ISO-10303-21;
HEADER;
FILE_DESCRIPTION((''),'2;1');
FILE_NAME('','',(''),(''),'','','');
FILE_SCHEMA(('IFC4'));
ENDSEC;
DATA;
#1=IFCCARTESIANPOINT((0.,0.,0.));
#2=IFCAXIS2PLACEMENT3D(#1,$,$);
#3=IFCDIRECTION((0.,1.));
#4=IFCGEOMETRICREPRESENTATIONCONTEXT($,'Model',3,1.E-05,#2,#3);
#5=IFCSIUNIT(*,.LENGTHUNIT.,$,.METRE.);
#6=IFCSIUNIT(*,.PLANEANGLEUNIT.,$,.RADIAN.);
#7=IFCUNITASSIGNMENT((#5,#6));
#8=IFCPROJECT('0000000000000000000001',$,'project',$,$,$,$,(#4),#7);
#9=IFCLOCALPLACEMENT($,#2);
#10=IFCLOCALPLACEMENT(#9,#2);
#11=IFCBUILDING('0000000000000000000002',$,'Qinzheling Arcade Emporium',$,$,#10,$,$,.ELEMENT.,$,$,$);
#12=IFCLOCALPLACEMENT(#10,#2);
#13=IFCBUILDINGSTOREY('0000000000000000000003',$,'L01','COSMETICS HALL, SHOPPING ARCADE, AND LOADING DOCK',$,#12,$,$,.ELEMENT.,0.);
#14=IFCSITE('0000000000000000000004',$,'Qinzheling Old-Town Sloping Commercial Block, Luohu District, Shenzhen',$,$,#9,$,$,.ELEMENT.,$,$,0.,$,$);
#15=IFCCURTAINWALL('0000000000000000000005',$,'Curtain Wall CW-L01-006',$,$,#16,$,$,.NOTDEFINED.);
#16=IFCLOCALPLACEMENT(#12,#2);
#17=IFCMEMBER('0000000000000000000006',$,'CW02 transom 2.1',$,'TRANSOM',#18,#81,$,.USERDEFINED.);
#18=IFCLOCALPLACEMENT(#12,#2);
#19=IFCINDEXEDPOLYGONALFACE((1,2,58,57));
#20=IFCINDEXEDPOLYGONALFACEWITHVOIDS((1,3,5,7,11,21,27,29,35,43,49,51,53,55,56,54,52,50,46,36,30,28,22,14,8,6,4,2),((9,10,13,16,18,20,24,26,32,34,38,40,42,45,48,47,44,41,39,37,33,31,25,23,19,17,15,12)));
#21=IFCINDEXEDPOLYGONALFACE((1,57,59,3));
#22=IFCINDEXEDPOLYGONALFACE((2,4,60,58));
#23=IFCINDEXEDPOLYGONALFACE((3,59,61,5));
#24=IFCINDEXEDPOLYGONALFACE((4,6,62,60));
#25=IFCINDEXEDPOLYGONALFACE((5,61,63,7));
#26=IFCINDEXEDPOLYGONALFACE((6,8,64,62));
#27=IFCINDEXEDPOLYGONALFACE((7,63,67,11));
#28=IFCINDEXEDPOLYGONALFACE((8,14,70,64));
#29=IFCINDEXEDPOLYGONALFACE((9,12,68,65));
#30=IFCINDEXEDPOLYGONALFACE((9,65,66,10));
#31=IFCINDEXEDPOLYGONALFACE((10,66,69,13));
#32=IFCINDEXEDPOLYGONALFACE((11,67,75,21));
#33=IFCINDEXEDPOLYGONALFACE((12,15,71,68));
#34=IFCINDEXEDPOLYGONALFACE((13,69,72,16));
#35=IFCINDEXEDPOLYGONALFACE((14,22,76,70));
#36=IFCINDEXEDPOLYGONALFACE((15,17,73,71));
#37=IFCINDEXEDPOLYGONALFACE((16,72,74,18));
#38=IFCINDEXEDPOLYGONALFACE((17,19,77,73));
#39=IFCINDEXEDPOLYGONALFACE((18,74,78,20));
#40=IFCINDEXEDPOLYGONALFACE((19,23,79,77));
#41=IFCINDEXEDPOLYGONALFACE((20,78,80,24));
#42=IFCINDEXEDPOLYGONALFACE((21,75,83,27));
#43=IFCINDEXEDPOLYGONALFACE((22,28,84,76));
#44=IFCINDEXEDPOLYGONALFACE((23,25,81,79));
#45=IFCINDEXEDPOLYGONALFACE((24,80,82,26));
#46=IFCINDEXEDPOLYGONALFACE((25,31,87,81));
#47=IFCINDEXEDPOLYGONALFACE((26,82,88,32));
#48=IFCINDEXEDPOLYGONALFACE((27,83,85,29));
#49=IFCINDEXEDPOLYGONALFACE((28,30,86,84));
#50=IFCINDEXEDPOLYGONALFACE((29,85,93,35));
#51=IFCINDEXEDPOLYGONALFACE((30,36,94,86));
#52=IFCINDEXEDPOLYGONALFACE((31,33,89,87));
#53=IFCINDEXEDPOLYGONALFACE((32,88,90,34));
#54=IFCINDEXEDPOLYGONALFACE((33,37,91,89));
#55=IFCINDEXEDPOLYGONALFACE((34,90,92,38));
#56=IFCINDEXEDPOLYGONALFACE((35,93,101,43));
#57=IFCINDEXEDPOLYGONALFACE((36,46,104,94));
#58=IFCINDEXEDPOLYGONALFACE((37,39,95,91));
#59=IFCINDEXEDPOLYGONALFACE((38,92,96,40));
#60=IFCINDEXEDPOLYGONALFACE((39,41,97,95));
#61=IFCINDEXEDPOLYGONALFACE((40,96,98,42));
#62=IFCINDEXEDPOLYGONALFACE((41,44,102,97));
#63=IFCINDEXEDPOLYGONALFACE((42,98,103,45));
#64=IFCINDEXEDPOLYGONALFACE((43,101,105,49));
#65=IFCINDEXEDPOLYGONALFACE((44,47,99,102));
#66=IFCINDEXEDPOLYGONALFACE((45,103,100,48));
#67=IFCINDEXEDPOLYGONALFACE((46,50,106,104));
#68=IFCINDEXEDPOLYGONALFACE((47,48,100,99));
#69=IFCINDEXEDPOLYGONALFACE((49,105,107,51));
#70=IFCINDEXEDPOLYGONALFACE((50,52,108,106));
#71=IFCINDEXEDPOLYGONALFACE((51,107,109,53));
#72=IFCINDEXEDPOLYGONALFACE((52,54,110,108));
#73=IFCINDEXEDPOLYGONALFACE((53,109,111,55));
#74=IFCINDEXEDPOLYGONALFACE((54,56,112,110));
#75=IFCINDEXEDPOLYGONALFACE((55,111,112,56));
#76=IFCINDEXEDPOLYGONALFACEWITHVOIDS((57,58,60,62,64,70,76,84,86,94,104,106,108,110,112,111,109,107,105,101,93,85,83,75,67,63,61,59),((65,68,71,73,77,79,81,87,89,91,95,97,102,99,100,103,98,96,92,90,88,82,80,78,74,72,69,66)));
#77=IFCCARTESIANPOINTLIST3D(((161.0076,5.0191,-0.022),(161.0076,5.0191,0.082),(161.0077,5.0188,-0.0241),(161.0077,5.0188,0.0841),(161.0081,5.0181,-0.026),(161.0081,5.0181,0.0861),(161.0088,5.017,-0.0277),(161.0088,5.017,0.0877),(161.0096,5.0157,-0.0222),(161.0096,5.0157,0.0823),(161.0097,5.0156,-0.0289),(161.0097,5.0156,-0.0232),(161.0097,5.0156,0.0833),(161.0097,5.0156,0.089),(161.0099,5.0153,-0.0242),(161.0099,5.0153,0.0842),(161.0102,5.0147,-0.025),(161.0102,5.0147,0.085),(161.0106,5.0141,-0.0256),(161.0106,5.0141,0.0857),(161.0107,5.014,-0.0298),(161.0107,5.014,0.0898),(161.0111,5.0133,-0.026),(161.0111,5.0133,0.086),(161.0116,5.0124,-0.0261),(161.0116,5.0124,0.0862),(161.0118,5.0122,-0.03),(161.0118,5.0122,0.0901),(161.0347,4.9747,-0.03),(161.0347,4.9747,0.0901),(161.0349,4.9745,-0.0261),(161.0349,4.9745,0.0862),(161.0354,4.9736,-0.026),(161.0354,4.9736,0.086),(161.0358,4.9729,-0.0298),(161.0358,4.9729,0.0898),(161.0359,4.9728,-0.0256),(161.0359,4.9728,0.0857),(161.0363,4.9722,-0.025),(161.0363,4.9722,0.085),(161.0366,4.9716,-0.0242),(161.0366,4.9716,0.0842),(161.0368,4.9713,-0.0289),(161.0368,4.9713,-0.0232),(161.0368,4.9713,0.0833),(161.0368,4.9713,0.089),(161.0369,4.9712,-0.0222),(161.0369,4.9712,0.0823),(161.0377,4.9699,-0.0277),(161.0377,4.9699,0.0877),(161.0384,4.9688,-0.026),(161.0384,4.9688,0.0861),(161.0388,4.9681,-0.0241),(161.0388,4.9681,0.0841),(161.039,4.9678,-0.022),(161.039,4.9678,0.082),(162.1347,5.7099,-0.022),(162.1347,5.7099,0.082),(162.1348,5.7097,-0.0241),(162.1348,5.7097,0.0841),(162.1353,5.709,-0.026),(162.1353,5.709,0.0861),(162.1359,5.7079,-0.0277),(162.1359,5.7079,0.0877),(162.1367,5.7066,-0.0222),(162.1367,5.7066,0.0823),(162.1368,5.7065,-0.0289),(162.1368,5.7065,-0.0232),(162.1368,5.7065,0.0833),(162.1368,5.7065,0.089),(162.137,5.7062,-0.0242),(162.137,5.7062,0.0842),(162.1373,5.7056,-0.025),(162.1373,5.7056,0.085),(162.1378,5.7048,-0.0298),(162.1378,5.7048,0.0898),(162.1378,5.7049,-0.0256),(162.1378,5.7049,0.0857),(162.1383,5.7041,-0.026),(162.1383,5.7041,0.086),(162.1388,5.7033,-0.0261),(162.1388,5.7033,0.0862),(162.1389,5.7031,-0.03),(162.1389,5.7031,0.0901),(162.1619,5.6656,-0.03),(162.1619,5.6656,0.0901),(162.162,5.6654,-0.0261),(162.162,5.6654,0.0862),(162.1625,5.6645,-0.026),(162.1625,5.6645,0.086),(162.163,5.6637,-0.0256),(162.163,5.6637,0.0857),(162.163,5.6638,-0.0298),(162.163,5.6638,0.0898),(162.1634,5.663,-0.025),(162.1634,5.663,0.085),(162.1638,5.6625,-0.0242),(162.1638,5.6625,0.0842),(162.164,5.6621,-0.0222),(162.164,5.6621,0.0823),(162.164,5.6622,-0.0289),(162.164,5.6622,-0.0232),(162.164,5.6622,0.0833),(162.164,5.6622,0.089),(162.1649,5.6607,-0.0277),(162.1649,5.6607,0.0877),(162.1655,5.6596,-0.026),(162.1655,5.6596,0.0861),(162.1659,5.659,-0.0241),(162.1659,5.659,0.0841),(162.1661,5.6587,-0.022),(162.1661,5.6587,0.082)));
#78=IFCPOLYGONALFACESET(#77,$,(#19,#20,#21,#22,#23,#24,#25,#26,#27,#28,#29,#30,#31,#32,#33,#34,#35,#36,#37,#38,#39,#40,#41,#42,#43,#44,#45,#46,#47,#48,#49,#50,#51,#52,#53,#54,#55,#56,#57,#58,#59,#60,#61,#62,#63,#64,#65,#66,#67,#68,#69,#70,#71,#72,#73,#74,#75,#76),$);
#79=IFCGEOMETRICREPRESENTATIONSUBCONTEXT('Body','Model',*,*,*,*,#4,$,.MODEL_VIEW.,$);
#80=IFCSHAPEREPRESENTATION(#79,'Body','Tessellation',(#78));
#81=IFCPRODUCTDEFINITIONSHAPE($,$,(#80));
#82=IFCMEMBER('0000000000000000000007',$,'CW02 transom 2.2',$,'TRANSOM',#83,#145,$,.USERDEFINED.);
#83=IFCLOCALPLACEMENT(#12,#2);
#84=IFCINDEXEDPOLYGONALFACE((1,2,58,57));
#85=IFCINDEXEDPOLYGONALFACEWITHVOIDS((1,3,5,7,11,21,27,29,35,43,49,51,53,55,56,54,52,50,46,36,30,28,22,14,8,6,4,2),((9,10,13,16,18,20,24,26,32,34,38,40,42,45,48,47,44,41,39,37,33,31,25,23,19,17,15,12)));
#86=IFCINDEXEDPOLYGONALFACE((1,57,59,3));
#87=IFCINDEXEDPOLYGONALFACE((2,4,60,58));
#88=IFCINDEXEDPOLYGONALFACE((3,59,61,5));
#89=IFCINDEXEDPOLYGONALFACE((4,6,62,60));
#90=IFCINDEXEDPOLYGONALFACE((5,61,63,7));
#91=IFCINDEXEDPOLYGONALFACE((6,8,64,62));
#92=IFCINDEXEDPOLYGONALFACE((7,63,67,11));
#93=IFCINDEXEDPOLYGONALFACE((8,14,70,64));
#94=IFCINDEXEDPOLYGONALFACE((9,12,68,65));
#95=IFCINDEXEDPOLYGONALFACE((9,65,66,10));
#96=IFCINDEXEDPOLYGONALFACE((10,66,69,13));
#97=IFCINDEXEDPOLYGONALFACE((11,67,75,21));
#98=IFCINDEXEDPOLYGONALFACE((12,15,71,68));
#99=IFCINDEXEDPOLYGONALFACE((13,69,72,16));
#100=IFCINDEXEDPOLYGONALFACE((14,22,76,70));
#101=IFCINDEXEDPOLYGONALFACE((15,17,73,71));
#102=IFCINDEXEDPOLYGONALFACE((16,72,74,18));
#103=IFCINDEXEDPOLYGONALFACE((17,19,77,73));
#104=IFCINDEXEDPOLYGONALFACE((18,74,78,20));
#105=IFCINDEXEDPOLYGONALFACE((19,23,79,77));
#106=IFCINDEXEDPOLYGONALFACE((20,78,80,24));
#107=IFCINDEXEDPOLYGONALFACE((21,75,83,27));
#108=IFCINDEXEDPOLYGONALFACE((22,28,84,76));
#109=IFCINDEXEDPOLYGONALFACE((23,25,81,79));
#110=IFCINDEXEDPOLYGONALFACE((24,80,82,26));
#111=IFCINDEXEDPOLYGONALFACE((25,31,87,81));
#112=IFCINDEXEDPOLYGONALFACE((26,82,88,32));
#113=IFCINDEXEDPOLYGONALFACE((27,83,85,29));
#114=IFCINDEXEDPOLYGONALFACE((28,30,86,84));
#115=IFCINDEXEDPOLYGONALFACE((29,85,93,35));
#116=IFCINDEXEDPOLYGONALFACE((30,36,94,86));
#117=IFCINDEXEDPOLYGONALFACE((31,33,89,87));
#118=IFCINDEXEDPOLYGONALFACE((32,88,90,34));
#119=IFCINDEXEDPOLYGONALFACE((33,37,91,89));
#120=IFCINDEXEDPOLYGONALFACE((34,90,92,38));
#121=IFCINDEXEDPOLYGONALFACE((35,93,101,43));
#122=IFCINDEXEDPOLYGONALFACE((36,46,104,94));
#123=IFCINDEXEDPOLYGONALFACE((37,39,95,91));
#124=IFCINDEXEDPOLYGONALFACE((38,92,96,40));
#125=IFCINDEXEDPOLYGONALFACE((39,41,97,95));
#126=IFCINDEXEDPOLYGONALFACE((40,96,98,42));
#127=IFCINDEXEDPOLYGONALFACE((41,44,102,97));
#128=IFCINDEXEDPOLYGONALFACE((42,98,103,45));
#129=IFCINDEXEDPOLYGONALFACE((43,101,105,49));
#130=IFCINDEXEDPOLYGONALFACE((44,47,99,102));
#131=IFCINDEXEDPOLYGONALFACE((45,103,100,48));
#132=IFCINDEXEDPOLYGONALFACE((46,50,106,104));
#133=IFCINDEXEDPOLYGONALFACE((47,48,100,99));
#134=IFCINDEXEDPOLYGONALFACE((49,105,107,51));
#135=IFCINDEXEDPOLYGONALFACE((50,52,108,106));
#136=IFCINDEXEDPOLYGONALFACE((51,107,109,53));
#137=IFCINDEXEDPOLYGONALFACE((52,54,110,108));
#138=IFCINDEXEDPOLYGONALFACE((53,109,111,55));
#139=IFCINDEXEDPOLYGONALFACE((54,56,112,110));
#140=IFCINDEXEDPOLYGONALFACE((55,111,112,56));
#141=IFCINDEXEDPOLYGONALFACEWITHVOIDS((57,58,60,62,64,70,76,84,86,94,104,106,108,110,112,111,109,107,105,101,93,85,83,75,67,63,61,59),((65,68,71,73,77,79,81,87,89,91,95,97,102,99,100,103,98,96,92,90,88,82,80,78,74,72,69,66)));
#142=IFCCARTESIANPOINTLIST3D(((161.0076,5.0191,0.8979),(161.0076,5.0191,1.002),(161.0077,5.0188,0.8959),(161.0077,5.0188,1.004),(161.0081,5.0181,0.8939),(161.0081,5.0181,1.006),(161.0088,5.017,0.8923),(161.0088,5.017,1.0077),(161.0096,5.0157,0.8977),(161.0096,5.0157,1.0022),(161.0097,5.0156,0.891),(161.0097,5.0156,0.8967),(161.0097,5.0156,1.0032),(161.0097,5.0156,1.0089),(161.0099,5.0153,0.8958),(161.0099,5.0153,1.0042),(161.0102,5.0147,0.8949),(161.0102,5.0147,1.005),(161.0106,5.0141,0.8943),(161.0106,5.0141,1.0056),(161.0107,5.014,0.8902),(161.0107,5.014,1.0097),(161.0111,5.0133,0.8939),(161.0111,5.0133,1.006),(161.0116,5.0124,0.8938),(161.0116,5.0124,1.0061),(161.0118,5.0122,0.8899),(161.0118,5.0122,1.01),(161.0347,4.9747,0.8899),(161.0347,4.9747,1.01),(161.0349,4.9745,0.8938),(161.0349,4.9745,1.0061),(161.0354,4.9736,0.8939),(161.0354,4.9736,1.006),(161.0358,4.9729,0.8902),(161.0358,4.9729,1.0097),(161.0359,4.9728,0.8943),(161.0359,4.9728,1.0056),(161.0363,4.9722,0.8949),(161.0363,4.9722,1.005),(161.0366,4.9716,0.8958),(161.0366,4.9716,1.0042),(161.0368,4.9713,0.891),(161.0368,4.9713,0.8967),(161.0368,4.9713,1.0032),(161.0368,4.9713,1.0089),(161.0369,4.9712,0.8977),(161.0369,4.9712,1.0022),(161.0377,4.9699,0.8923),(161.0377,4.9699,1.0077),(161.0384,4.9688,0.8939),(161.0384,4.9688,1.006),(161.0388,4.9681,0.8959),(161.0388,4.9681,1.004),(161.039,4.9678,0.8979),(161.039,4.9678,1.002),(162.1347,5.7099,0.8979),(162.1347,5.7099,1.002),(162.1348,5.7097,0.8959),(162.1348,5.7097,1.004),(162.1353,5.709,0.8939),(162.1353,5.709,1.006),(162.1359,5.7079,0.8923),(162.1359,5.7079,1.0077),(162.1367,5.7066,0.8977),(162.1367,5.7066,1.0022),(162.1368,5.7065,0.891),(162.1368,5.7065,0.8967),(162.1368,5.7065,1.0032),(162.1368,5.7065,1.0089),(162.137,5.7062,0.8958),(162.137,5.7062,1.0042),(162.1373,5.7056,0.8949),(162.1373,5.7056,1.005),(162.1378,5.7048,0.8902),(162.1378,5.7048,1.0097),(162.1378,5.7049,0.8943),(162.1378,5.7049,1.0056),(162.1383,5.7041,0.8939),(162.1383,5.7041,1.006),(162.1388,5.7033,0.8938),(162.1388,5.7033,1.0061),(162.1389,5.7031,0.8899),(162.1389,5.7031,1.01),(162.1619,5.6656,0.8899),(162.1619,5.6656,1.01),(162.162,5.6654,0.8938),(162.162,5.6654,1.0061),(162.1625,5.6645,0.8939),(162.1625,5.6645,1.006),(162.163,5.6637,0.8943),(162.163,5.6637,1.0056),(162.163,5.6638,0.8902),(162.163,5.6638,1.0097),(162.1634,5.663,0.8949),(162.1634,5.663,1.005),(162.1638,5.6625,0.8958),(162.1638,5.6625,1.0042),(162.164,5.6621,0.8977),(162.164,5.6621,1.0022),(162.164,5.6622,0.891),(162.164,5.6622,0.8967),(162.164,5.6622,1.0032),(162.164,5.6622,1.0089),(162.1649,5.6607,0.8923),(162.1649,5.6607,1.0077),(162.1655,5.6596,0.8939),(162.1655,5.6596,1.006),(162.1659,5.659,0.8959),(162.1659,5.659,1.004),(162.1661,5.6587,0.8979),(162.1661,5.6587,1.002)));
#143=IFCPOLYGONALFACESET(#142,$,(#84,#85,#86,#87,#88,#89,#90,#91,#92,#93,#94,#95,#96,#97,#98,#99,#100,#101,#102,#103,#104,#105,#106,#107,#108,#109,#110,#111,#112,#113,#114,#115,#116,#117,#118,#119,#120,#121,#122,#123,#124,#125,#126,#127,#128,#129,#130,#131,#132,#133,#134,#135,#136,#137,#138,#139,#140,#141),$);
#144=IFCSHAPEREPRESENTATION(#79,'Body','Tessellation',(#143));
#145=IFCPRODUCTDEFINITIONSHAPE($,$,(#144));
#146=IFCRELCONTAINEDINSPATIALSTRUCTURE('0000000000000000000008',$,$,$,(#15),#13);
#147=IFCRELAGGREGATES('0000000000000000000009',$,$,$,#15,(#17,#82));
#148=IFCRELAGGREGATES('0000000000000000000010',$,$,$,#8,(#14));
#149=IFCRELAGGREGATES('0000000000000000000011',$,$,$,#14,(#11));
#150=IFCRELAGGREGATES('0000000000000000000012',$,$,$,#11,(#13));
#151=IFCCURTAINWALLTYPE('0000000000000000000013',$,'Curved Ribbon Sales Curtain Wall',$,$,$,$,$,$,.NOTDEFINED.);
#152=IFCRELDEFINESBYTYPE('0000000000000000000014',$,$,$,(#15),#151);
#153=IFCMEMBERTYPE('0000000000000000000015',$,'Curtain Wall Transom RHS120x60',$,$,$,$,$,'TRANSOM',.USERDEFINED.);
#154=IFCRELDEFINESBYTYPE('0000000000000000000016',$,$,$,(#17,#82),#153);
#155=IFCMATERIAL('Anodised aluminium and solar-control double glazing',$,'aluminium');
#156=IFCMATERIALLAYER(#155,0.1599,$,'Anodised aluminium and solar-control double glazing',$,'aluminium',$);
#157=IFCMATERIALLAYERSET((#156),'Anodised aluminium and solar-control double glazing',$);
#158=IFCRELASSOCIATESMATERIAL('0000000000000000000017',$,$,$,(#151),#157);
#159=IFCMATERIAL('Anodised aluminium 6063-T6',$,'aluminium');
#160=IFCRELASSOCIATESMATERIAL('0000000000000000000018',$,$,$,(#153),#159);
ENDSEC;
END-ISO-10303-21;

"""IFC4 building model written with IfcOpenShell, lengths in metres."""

from ifc_helpers import new_model, si_unit, direction, frame, origin, origin_2d, place, context, subcontext, project, spatial, hollow_rectangle, extrude, material, layer, layer_set, material_profile, profile_set, type_object, element, aggregate, save


model = new_model("IFC4")

# Units and contexts
model_context = context("Model", 3, precision=1e-05, world=origin(), true_north=direction((0.0, 1.0)))
body_context = subcontext(model_context, "Body", "Model", "MODEL_VIEW")
ifc_project = project(units=[si_unit("LENGTHUNIT", "METRE"), si_unit("PLANEANGLEUNIT", "RADIAN")], contexts=[model_context])

# Site, building, storey
site_placement = place(None, origin())
site = spatial("IfcSite", under=ifc_project, at=site_placement, Name="Qinzheling Old-Town Sloping Commercial Block, Luohu District, Shenzhen", CompositionType="ELEMENT", RefElevation=0.0)
building_placement = place(site_placement, origin())
building = spatial("IfcBuilding", under=site, at=building_placement, Name="Qinzheling Arcade Emporium", CompositionType="ELEMENT")
storey_placement = place(building_placement, origin())
storey = spatial("IfcBuildingStorey", under=building, at=storey_placement, Name="L01", Description="COSMETICS HALL, SHOPPING ARCADE, AND LOADING DOCK", CompositionType="ELEMENT", Elevation=0.0)

# Shared definitions
ifc_material_1 = material(Name="Anodised aluminium and solar-control double glazing", Category="aluminium")
ifc_layer_1 = layer(ifc_material_1, 0.1599, Name="Anodised aluminium and solar-control double glazing", Category="aluminium")
ifc_layer_set_1 = layer_set([ifc_layer_1], Name="Anodised aluminium and solar-control double glazing")
curtain_wall_type = type_object("IfcCurtainWallType", Name="Curved Ribbon Sales Curtain Wall", PredefinedType="NOTDEFINED", material=ifc_layer_set_1)
ifc_material_2 = material(Name="Anodised aluminium 6063-T6", Category="aluminium")

# Curtain wall
curtain_wall_1_placement = place(storey_placement, origin())
curtain_wall_1 = element("IfcCurtainWall", 1, at=curtain_wall_1_placement, inside=storey, type_object=curtain_wall_type, Name="Curtain Wall CW-L01-006", PredefinedType="NOTDEFINED")

# Members
ifc_material_profile_1 = material_profile(ifc_material_2, hollow_rectangle(XDim=0.0601, YDim=0.1201, WallThickness=0.0039, InnerFilletRadius=0.0039, OuterFilletRadius=0.0081, at=origin_2d()), Name="RHS 120x60x4", Category="aluminium")
ifc_profile_set_1 = profile_set([ifc_material_profile_1], Name="Anodised aluminium 6063-T6")
member_type_1 = type_object("IfcMemberType", Name="Curtain Wall Transom RHS120x60", ElementType="TRANSOM", PredefinedType="USERDEFINED", material=ifc_profile_set_1)
member_1_placement = place(storey_placement, frame((162.1504, 5.6843, 0.03), z_axis=(-0.852583, -0.522592, 0.0), x_axis=(0.522592, -0.852583, 0.0)))
member_1 = element("IfcMember", 2, at=member_1_placement, type_object=member_type_1, Name="CW02 transom 2.1", ObjectType="TRANSOM", PredefinedType="USERDEFINED", context=body_context, shape_type="SweptSolid", body=[
    extrude(hollow_rectangle(XDim=0.0601, YDim=0.1201, WallThickness=0.0039, InnerFilletRadius=0.0039, OuterFilletRadius=0.0081, at=origin_2d()), origin(), (0.0, 0.0, 1.0), 1.322),
])
member_2_placement = place(storey_placement, frame((162.1504, 5.6843, 0.95), z_axis=(-0.852583, -0.522592, 0.0), x_axis=(0.522592, -0.852583, 0.0)))
member_2 = element("IfcMember", 3, at=member_2_placement, type_object=member_type_1, Name="CW02 transom 2.2", ObjectType="TRANSOM", PredefinedType="USERDEFINED", context=body_context, shape_type="SweptSolid", body=[
    extrude(hollow_rectangle(XDim=0.0601, YDim=0.1201, WallThickness=0.0039, InnerFilletRadius=0.0039, OuterFilletRadius=0.0081, at=origin_2d()), origin(), (0.0, 0.0, 1.0), 1.322),
])

aggregate(curtain_wall_1, [member_1, member_2])

save(model, "model.ifc")
